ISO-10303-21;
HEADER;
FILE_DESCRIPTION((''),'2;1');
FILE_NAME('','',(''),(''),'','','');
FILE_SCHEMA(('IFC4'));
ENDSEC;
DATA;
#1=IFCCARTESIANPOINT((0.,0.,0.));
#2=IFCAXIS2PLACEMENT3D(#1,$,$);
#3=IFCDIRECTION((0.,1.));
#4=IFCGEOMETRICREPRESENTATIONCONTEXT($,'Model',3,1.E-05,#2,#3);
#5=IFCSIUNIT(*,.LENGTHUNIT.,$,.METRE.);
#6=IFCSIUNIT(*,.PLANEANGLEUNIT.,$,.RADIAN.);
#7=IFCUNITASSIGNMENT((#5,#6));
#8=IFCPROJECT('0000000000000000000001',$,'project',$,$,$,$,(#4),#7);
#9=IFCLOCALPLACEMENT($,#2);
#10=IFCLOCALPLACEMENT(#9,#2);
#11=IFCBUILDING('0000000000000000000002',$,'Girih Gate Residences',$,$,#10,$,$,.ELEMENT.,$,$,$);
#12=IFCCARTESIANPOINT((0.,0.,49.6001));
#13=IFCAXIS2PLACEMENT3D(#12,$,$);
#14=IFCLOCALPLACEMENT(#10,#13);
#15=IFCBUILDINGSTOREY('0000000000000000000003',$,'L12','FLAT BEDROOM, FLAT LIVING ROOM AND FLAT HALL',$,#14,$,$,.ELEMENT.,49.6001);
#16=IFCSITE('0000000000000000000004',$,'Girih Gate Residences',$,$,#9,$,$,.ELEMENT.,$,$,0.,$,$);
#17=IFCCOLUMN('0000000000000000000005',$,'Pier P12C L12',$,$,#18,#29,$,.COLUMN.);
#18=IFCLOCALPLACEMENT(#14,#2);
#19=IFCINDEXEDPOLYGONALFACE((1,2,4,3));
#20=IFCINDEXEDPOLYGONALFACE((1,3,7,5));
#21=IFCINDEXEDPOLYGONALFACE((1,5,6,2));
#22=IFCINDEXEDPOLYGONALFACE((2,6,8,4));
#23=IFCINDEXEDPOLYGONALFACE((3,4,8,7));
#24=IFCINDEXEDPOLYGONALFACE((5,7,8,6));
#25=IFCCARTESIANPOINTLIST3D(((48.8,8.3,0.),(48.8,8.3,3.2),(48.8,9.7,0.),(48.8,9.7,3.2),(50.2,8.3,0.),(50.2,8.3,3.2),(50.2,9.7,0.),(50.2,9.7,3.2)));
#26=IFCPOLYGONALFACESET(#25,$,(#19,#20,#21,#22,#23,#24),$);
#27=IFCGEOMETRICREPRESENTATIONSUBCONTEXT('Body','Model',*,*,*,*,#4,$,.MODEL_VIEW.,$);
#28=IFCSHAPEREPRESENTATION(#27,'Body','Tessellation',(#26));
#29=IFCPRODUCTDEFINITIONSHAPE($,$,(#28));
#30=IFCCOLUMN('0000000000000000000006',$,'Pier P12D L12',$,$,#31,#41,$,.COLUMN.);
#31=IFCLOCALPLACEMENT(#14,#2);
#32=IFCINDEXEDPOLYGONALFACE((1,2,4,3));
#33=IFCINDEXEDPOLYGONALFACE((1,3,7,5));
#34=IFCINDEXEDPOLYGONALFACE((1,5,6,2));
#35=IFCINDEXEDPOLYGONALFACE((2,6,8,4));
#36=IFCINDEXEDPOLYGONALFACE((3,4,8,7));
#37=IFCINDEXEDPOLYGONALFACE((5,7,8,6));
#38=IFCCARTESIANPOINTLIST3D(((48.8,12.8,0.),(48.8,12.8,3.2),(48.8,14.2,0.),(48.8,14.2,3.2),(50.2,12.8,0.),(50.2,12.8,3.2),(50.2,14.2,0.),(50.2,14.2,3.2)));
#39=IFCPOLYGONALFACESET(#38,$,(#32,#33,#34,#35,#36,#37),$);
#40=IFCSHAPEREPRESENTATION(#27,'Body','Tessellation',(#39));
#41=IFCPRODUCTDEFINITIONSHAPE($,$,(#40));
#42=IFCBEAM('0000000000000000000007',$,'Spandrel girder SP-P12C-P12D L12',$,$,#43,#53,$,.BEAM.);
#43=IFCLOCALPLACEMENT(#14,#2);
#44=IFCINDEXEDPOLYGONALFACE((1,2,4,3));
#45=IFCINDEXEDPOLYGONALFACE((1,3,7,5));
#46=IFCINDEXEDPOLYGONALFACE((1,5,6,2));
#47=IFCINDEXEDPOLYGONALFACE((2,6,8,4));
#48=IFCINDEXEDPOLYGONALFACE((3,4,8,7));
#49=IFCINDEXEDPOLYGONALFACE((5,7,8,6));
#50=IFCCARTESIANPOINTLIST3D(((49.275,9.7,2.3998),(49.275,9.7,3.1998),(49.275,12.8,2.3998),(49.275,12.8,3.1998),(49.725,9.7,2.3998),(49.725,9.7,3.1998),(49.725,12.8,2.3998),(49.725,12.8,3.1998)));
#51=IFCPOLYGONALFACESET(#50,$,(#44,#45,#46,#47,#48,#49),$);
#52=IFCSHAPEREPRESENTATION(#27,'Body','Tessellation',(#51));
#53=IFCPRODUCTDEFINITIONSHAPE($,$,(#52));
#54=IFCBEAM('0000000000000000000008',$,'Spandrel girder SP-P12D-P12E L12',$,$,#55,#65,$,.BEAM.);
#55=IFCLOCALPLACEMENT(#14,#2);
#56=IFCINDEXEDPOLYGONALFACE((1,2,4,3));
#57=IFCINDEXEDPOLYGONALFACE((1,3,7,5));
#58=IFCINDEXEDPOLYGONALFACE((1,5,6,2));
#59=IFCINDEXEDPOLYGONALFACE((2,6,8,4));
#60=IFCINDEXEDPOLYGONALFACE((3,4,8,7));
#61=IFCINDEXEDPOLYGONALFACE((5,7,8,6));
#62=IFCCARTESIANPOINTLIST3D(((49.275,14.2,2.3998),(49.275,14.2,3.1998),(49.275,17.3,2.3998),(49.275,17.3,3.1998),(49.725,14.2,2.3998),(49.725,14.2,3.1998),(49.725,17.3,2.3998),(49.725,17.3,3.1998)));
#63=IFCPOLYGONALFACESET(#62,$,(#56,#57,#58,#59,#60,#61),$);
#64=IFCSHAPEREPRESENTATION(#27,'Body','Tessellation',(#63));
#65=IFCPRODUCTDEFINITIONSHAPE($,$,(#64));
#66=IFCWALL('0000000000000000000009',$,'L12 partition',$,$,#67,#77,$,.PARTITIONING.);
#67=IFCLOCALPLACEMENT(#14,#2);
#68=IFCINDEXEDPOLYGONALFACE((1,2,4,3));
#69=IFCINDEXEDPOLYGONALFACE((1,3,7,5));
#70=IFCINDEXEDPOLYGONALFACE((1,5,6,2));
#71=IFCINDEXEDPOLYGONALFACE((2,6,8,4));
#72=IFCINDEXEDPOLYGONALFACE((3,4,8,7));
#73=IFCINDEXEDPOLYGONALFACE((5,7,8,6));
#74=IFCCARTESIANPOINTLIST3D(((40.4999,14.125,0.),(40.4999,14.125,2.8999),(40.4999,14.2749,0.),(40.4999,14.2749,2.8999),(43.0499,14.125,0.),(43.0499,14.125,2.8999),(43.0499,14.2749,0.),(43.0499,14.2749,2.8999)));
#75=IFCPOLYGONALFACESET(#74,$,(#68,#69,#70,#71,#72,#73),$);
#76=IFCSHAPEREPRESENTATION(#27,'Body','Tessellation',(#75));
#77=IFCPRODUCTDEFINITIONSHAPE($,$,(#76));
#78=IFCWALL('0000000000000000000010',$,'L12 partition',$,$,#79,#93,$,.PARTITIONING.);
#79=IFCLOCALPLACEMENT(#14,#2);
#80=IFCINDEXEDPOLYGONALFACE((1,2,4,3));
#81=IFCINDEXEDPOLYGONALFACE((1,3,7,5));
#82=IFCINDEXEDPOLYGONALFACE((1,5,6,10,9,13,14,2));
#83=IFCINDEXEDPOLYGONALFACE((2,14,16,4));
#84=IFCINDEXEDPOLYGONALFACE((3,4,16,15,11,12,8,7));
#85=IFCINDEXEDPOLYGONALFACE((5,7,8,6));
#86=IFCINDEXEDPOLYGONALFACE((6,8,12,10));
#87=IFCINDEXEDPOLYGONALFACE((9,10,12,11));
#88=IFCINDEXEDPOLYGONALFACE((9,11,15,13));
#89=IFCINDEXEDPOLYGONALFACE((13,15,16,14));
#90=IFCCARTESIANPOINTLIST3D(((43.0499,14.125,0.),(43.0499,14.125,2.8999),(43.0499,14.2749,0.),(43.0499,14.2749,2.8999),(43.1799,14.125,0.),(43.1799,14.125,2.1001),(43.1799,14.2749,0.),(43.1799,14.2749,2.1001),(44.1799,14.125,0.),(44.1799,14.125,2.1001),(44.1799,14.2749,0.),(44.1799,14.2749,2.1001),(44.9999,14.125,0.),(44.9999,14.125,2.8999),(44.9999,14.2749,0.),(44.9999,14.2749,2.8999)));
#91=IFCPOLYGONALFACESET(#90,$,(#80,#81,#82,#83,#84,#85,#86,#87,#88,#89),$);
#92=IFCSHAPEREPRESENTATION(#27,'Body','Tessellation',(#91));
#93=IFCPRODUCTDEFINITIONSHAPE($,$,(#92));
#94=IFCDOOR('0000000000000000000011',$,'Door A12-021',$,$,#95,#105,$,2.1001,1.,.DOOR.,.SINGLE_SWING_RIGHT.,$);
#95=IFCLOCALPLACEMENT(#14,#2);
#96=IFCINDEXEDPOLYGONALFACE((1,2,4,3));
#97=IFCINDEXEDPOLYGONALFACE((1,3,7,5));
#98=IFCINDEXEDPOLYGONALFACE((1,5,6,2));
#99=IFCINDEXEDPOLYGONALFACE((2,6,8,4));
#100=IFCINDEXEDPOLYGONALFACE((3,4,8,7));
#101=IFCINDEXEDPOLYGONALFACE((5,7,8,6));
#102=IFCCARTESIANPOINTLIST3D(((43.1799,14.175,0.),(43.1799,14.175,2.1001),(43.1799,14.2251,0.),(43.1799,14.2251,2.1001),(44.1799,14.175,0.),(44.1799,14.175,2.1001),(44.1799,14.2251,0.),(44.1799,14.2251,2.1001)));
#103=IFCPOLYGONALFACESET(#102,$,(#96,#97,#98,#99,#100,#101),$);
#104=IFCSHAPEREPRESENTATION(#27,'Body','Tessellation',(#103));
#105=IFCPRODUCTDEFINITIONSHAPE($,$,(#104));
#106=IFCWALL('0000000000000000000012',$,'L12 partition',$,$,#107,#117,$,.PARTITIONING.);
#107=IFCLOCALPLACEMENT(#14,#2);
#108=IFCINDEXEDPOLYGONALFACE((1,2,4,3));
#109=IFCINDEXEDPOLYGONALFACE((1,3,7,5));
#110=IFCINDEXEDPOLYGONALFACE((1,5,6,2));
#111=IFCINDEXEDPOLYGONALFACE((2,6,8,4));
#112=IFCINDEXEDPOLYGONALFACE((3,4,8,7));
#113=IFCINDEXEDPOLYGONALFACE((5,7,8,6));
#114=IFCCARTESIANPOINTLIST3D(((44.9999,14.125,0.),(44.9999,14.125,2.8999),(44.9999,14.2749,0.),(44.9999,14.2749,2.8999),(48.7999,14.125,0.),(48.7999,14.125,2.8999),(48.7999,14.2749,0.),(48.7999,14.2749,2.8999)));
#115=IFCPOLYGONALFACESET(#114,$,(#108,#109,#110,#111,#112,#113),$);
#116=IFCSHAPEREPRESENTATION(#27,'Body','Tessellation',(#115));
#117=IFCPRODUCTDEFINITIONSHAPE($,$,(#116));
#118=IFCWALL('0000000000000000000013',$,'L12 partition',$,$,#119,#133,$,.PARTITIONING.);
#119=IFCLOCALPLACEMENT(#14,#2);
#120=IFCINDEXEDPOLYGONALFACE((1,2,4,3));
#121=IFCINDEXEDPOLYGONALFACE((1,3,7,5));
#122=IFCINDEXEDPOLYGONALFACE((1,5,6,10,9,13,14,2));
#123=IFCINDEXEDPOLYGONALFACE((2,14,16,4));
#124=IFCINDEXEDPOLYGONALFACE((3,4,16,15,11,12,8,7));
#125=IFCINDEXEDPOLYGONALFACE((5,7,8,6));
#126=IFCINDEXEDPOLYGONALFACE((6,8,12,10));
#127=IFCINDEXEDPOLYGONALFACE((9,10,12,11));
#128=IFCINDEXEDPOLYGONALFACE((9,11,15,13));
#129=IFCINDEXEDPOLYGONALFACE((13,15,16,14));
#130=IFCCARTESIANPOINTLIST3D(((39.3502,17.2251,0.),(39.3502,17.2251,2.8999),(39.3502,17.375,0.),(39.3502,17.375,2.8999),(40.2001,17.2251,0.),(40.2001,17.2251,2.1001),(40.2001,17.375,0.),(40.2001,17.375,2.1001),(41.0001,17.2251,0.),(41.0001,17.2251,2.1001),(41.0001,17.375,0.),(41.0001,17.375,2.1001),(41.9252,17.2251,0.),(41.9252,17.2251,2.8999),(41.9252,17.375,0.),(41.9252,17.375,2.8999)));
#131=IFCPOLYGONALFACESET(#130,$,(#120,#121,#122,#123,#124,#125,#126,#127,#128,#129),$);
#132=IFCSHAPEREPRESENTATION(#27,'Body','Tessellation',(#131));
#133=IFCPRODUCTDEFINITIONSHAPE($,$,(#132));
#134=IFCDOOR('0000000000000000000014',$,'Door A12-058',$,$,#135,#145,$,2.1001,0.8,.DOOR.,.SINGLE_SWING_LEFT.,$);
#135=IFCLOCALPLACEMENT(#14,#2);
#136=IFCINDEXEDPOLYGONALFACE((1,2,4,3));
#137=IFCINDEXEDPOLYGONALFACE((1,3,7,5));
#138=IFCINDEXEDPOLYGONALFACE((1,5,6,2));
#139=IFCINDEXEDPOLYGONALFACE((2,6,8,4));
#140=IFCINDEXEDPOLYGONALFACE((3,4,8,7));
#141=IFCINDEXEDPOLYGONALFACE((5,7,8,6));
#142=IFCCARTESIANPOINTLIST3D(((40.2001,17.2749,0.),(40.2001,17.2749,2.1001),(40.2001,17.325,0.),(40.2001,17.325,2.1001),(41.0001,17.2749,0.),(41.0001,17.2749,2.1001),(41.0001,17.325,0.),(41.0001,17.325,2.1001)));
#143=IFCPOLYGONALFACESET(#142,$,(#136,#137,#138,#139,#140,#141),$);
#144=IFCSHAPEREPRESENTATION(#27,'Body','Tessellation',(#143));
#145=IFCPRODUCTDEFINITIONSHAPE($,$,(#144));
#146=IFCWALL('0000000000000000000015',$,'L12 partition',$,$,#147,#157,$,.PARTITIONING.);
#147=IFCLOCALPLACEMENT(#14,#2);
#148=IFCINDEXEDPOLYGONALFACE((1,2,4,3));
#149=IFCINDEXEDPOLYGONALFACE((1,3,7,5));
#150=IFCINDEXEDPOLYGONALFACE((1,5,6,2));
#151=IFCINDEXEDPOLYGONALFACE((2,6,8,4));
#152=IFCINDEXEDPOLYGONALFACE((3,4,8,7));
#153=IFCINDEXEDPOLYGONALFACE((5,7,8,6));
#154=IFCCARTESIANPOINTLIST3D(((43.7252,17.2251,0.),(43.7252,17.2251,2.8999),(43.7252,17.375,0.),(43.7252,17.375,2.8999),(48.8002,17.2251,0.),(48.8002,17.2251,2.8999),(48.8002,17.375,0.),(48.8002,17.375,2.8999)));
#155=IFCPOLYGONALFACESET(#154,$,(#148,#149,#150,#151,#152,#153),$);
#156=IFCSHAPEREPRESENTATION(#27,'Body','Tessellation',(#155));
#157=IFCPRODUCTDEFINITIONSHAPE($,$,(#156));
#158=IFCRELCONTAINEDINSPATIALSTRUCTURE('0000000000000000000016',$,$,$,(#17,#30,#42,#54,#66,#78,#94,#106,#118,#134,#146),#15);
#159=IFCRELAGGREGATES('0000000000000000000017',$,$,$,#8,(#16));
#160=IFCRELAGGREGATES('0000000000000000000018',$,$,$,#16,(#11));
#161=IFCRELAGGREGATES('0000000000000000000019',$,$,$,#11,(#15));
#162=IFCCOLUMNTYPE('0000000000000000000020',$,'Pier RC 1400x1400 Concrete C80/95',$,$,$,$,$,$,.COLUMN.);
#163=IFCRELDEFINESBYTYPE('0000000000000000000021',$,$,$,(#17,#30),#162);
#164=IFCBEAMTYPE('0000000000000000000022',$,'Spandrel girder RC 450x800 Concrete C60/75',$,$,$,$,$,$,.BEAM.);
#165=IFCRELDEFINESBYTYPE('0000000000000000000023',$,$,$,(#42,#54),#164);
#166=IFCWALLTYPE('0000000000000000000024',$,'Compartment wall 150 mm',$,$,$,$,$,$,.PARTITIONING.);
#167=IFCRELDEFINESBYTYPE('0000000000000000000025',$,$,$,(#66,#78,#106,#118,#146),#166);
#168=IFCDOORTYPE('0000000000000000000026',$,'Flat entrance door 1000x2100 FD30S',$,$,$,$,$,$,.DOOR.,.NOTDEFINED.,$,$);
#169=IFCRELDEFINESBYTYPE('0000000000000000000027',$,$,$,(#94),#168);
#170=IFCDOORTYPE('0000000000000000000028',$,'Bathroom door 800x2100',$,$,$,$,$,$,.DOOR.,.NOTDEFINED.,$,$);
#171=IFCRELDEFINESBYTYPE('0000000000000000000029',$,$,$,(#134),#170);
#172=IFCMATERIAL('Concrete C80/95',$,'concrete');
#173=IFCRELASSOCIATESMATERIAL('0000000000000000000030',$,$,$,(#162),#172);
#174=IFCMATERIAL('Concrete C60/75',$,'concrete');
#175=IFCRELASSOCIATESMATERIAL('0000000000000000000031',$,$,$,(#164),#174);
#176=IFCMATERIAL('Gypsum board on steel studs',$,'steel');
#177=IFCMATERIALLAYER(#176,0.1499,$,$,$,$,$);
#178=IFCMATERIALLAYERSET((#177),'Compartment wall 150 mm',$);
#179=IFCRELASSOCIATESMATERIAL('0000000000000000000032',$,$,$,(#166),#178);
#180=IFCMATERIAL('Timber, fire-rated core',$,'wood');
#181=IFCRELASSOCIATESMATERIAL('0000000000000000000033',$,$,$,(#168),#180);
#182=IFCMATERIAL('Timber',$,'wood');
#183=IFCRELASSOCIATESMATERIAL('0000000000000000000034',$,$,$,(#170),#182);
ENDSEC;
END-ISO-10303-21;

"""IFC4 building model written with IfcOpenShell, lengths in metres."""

from ifc_helpers import new_model, si_unit, direction, frame, frame_2d, origin, origin_2d, place, context, subcontext, project, spatial, rectangle, extrude, material, layer, layer_set, material_profile, profile_set, type_object, element, fill, save


model = new_model("IFC4")

# Units and contexts
model_context = context("Model", 3, precision=1e-05, world=origin(), true_north=direction((0.0, 1.0)))
body_context = subcontext(model_context, "Body", "Model", "MODEL_VIEW")
ifc_project = project(units=[si_unit("LENGTHUNIT", "METRE"), si_unit("PLANEANGLEUNIT", "RADIAN")], contexts=[model_context])

# Site, building, storey
site_placement = place(None, origin())
site = spatial("IfcSite", under=ifc_project, at=site_placement, Name="Girih Gate Residences", CompositionType="ELEMENT", RefElevation=0.0)
building_placement = place(site_placement, origin())
building = spatial("IfcBuilding", under=site, at=building_placement, Name="Girih Gate Residences", CompositionType="ELEMENT")
storey_placement = place(building_placement, frame((0.0, 0.0, 49.6001)))
storey = spatial("IfcBuildingStorey", under=building, at=storey_placement, Name="L12", Description="FLAT BEDROOM, FLAT LIVING ROOM AND FLAT HALL", CompositionType="ELEMENT", Elevation=49.6001)

# Columns
ifc_material_1 = material(Name="Concrete C80/95", Category="concrete")
ifc_material_profile_1 = material_profile(ifc_material_1, rectangle(XDim=1.3999, YDim=1.3999, at=origin_2d()))
ifc_profile_set_1 = profile_set([ifc_material_profile_1], Name="Concrete C80/95")
column_type = type_object("IfcColumnType", Name="Pier RC 1400x1400 Concrete C80/95", PredefinedType="COLUMN", material=ifc_profile_set_1)
for number, where, z_axis, x_axis, name in (
    (1, (49.5, 9.0, 0.0), (0.0, 0.0, 1.0), (1.0, 0.0, 0.0), "Pier P12C L12"),
    (2, (49.5, 13.5, 0.0), (0.0, 0.0, 1.0), (1.0, 0.0, 0.0), "Pier P12D L12"),
):
    element("IfcColumn", number, at=place(storey_placement, frame(where, z_axis=z_axis, x_axis=x_axis)), inside=storey, type_object=column_type, Name=name, PredefinedType="COLUMN", context=body_context, shape_type="SweptSolid", body=[
        extrude(rectangle(XDim=1.3999, YDim=1.3999, at=origin_2d()), origin(), (0.0, 0.0, 1.0), 3.2),
    ])

# Beams
ifc_material_2 = material(Name="Concrete C60/75", Category="concrete")
ifc_material_profile_2 = material_profile(ifc_material_2, rectangle(XDim=0.45, YDim=0.8, at=origin_2d()))
ifc_profile_set_2 = profile_set([ifc_material_profile_2], Name="Concrete C60/75")
beam_type = type_object("IfcBeamType", Name="Spandrel girder RC 450x800 Concrete C60/75", PredefinedType="BEAM", material=ifc_profile_set_2)
for number, where, z_axis, x_axis, name in (
    (3, (49.5, 9.7, 2.7998), (0.0, 1.0, 0.0), (-1.0, 0.0, 0.0), "Spandrel girder SP-P12C-P12D L12"),
    (4, (49.5, 14.2, 2.7998), (0.0, 1.0, 0.0), (-1.0, 0.0, 0.0), "Spandrel girder SP-P12D-P12E L12"),
):
    element("IfcBeam", number, at=place(storey_placement, frame(where, z_axis=z_axis, x_axis=x_axis)), inside=storey, type_object=beam_type, Name=name, PredefinedType="BEAM", context=body_context, shape_type="SweptSolid", body=[
        extrude(rectangle(XDim=0.45, YDim=0.8, at=origin_2d()), origin(), (0.0, 0.0, 1.0), 3.1001),
    ])

# Wall
ifc_material_3 = material(Name="Gypsum board on steel studs", Category="steel")
ifc_layer_1 = layer(ifc_material_3, 0.1499)
ifc_layer_set_1 = layer_set([ifc_layer_1], Name="Compartment wall 150 mm")
wall_type_1 = type_object("IfcWallType", Name="Compartment wall 150 mm", PredefinedType="PARTITIONING", material=ifc_layer_set_1)
wall_1_placement = place(storey_placement, frame((40.5, 14.2, 0.0), z_axis=(0.0, 0.0, 1.0), x_axis=(1.0, 0.0, 0.0)))
element("IfcWall", 5, at=wall_1_placement, inside=storey, type_object=wall_type_1, Name="L12 partition", PredefinedType="PARTITIONING", context=body_context, shape_type="SweptSolid", body=[
    extrude(rectangle(XDim=2.55, YDim=0.1499, at=frame_2d((1.2749, 0.0))), origin(), (0.0, 0.0, 1.0), 2.8999),
])

# Wall, opening, door
wall_2_placement = place(storey_placement, frame((45.0, 14.2, 0.0), z_axis=(0.0, 0.0, 1.0), x_axis=(-1.0, 0.0, 0.0)))
wall_2 = element("IfcWall", 6, at=wall_2_placement, inside=storey, type_object=wall_type_1, Name="L12 partition", PredefinedType="PARTITIONING", context=body_context, shape_type="SweptSolid", body=[
    extrude(rectangle(XDim=1.95, YDim=0.1499, at=frame_2d((0.9751, 0.0))), origin(), (0.0, 0.0, 1.0), 2.8999),
])
opening_1_placement = place(wall_2_placement, frame((0.8201, 0.0, 0.0)))
opening_1 = element("IfcOpeningElement", 7, at=opening_1_placement, cuts=wall_2, PredefinedType="OPENING", context=body_context, shape_type="SweptSolid", body=[
    extrude(rectangle(XDim=1.0, YDim=2.1001, at=frame_2d((0.5, 1.05))), frame((0.0, 0.085, 0.0), z_axis=(0.0, -1.0, 0.0), x_axis=(1.0, 0.0, 0.0)), (0.0, 0.0, 1.0), 0.1699),
])
ifc_material_4 = material(Name="Timber, fire-rated core", Category="wood")
door_type_1 = type_object("IfcDoorType", Name="Flat entrance door 1000x2100 FD30S", OperationType="NOTDEFINED", PredefinedType="DOOR", material=ifc_material_4)
door_1_placement = place(opening_1_placement, origin())
door_1 = element("IfcDoor", 8, at=door_1_placement, inside=storey, type_object=door_type_1, Name="Door A12-021", OperationType="SINGLE_SWING_RIGHT", OverallHeight=2.1001, OverallWidth=1.0, PredefinedType="DOOR", context=body_context, shape_type="SweptSolid", body=[
    extrude(rectangle(XDim=1.0, YDim=2.1001, at=frame_2d((0.5, 1.05))), frame((0.0, 0.0249, 0.0), z_axis=(0.0, -1.0, 0.0), x_axis=(1.0, 0.0, 0.0)), (0.0, 0.0, 1.0), 0.05),
])
fill(opening_1, door_1)

# Wall
wall_3_placement = place(storey_placement, frame((45.0, 14.2, 0.0), z_axis=(0.0, 0.0, 1.0), x_axis=(1.0, 0.0, 0.0)))
element("IfcWall", 9, at=wall_3_placement, inside=storey, type_object=wall_type_1, Name="L12 partition", PredefinedType="PARTITIONING", context=body_context, shape_type="SweptSolid", body=[
    extrude(rectangle(XDim=3.8, YDim=0.1499, at=frame_2d((1.8999, 0.0))), origin(), (0.0, 0.0, 1.0), 2.8999),
])

# Wall, opening, door
wall_4_placement = place(storey_placement, frame((39.3501, 17.3, 0.0), z_axis=(0.0, 0.0, 1.0), x_axis=(1.0, 0.0, 0.0)))
wall_4 = element("IfcWall", 10, at=wall_4_placement, inside=storey, type_object=wall_type_1, Name="L12 partition", PredefinedType="PARTITIONING", context=body_context, shape_type="SweptSolid", body=[
    extrude(rectangle(XDim=2.575, YDim=0.1499, at=frame_2d((1.2876, 0.0))), origin(), (0.0, 0.0, 1.0), 2.8999),
])
opening_2_placement = place(wall_4_placement, frame((0.8501, 0.0, 0.0)))
opening_2 = element("IfcOpeningElement", 11, at=opening_2_placement, cuts=wall_4, PredefinedType="OPENING", context=body_context, shape_type="SweptSolid", body=[
    extrude(rectangle(XDim=0.8, YDim=2.1001, at=frame_2d((0.3999, 1.05))), frame((0.0, 0.085, 0.0), z_axis=(0.0, -1.0, 0.0), x_axis=(1.0, 0.0, 0.0)), (0.0, 0.0, 1.0), 0.1699),
])
ifc_material_5 = material(Name="Timber", Category="wood")
door_type_2 = type_object("IfcDoorType", Name="Bathroom door 800x2100", OperationType="NOTDEFINED", PredefinedType="DOOR", material=ifc_material_5)
door_2_placement = place(opening_2_placement, origin())
door_2 = element("IfcDoor", 12, at=door_2_placement, inside=storey, type_object=door_type_2, Name="Door A12-058", OperationType="SINGLE_SWING_LEFT", OverallHeight=2.1001, OverallWidth=0.8, PredefinedType="DOOR", context=body_context, shape_type="SweptSolid", body=[
    extrude(rectangle(XDim=0.8, YDim=2.1001, at=frame_2d((0.3999, 1.05))), frame((0.0, 0.0249, 0.0), z_axis=(0.0, -1.0, 0.0), x_axis=(1.0, 0.0, 0.0)), (0.0, 0.0, 1.0), 0.05),
])
fill(opening_2, door_2)

# Wall
wall_5_placement = place(storey_placement, frame((43.7251, 17.3, 0.0), z_axis=(0.0, 0.0, 1.0), x_axis=(1.0, 0.0, 0.0)))
element("IfcWall", 13, at=wall_5_placement, inside=storey, type_object=wall_type_1, Name="L12 partition", PredefinedType="PARTITIONING", context=body_context, shape_type="SweptSolid", body=[
    extrude(rectangle(XDim=5.075, YDim=0.1499, at=frame_2d((2.5376, 0.0))), origin(), (0.0, 0.0, 1.0), 2.8999),
])

save(model, "model.ifc")
